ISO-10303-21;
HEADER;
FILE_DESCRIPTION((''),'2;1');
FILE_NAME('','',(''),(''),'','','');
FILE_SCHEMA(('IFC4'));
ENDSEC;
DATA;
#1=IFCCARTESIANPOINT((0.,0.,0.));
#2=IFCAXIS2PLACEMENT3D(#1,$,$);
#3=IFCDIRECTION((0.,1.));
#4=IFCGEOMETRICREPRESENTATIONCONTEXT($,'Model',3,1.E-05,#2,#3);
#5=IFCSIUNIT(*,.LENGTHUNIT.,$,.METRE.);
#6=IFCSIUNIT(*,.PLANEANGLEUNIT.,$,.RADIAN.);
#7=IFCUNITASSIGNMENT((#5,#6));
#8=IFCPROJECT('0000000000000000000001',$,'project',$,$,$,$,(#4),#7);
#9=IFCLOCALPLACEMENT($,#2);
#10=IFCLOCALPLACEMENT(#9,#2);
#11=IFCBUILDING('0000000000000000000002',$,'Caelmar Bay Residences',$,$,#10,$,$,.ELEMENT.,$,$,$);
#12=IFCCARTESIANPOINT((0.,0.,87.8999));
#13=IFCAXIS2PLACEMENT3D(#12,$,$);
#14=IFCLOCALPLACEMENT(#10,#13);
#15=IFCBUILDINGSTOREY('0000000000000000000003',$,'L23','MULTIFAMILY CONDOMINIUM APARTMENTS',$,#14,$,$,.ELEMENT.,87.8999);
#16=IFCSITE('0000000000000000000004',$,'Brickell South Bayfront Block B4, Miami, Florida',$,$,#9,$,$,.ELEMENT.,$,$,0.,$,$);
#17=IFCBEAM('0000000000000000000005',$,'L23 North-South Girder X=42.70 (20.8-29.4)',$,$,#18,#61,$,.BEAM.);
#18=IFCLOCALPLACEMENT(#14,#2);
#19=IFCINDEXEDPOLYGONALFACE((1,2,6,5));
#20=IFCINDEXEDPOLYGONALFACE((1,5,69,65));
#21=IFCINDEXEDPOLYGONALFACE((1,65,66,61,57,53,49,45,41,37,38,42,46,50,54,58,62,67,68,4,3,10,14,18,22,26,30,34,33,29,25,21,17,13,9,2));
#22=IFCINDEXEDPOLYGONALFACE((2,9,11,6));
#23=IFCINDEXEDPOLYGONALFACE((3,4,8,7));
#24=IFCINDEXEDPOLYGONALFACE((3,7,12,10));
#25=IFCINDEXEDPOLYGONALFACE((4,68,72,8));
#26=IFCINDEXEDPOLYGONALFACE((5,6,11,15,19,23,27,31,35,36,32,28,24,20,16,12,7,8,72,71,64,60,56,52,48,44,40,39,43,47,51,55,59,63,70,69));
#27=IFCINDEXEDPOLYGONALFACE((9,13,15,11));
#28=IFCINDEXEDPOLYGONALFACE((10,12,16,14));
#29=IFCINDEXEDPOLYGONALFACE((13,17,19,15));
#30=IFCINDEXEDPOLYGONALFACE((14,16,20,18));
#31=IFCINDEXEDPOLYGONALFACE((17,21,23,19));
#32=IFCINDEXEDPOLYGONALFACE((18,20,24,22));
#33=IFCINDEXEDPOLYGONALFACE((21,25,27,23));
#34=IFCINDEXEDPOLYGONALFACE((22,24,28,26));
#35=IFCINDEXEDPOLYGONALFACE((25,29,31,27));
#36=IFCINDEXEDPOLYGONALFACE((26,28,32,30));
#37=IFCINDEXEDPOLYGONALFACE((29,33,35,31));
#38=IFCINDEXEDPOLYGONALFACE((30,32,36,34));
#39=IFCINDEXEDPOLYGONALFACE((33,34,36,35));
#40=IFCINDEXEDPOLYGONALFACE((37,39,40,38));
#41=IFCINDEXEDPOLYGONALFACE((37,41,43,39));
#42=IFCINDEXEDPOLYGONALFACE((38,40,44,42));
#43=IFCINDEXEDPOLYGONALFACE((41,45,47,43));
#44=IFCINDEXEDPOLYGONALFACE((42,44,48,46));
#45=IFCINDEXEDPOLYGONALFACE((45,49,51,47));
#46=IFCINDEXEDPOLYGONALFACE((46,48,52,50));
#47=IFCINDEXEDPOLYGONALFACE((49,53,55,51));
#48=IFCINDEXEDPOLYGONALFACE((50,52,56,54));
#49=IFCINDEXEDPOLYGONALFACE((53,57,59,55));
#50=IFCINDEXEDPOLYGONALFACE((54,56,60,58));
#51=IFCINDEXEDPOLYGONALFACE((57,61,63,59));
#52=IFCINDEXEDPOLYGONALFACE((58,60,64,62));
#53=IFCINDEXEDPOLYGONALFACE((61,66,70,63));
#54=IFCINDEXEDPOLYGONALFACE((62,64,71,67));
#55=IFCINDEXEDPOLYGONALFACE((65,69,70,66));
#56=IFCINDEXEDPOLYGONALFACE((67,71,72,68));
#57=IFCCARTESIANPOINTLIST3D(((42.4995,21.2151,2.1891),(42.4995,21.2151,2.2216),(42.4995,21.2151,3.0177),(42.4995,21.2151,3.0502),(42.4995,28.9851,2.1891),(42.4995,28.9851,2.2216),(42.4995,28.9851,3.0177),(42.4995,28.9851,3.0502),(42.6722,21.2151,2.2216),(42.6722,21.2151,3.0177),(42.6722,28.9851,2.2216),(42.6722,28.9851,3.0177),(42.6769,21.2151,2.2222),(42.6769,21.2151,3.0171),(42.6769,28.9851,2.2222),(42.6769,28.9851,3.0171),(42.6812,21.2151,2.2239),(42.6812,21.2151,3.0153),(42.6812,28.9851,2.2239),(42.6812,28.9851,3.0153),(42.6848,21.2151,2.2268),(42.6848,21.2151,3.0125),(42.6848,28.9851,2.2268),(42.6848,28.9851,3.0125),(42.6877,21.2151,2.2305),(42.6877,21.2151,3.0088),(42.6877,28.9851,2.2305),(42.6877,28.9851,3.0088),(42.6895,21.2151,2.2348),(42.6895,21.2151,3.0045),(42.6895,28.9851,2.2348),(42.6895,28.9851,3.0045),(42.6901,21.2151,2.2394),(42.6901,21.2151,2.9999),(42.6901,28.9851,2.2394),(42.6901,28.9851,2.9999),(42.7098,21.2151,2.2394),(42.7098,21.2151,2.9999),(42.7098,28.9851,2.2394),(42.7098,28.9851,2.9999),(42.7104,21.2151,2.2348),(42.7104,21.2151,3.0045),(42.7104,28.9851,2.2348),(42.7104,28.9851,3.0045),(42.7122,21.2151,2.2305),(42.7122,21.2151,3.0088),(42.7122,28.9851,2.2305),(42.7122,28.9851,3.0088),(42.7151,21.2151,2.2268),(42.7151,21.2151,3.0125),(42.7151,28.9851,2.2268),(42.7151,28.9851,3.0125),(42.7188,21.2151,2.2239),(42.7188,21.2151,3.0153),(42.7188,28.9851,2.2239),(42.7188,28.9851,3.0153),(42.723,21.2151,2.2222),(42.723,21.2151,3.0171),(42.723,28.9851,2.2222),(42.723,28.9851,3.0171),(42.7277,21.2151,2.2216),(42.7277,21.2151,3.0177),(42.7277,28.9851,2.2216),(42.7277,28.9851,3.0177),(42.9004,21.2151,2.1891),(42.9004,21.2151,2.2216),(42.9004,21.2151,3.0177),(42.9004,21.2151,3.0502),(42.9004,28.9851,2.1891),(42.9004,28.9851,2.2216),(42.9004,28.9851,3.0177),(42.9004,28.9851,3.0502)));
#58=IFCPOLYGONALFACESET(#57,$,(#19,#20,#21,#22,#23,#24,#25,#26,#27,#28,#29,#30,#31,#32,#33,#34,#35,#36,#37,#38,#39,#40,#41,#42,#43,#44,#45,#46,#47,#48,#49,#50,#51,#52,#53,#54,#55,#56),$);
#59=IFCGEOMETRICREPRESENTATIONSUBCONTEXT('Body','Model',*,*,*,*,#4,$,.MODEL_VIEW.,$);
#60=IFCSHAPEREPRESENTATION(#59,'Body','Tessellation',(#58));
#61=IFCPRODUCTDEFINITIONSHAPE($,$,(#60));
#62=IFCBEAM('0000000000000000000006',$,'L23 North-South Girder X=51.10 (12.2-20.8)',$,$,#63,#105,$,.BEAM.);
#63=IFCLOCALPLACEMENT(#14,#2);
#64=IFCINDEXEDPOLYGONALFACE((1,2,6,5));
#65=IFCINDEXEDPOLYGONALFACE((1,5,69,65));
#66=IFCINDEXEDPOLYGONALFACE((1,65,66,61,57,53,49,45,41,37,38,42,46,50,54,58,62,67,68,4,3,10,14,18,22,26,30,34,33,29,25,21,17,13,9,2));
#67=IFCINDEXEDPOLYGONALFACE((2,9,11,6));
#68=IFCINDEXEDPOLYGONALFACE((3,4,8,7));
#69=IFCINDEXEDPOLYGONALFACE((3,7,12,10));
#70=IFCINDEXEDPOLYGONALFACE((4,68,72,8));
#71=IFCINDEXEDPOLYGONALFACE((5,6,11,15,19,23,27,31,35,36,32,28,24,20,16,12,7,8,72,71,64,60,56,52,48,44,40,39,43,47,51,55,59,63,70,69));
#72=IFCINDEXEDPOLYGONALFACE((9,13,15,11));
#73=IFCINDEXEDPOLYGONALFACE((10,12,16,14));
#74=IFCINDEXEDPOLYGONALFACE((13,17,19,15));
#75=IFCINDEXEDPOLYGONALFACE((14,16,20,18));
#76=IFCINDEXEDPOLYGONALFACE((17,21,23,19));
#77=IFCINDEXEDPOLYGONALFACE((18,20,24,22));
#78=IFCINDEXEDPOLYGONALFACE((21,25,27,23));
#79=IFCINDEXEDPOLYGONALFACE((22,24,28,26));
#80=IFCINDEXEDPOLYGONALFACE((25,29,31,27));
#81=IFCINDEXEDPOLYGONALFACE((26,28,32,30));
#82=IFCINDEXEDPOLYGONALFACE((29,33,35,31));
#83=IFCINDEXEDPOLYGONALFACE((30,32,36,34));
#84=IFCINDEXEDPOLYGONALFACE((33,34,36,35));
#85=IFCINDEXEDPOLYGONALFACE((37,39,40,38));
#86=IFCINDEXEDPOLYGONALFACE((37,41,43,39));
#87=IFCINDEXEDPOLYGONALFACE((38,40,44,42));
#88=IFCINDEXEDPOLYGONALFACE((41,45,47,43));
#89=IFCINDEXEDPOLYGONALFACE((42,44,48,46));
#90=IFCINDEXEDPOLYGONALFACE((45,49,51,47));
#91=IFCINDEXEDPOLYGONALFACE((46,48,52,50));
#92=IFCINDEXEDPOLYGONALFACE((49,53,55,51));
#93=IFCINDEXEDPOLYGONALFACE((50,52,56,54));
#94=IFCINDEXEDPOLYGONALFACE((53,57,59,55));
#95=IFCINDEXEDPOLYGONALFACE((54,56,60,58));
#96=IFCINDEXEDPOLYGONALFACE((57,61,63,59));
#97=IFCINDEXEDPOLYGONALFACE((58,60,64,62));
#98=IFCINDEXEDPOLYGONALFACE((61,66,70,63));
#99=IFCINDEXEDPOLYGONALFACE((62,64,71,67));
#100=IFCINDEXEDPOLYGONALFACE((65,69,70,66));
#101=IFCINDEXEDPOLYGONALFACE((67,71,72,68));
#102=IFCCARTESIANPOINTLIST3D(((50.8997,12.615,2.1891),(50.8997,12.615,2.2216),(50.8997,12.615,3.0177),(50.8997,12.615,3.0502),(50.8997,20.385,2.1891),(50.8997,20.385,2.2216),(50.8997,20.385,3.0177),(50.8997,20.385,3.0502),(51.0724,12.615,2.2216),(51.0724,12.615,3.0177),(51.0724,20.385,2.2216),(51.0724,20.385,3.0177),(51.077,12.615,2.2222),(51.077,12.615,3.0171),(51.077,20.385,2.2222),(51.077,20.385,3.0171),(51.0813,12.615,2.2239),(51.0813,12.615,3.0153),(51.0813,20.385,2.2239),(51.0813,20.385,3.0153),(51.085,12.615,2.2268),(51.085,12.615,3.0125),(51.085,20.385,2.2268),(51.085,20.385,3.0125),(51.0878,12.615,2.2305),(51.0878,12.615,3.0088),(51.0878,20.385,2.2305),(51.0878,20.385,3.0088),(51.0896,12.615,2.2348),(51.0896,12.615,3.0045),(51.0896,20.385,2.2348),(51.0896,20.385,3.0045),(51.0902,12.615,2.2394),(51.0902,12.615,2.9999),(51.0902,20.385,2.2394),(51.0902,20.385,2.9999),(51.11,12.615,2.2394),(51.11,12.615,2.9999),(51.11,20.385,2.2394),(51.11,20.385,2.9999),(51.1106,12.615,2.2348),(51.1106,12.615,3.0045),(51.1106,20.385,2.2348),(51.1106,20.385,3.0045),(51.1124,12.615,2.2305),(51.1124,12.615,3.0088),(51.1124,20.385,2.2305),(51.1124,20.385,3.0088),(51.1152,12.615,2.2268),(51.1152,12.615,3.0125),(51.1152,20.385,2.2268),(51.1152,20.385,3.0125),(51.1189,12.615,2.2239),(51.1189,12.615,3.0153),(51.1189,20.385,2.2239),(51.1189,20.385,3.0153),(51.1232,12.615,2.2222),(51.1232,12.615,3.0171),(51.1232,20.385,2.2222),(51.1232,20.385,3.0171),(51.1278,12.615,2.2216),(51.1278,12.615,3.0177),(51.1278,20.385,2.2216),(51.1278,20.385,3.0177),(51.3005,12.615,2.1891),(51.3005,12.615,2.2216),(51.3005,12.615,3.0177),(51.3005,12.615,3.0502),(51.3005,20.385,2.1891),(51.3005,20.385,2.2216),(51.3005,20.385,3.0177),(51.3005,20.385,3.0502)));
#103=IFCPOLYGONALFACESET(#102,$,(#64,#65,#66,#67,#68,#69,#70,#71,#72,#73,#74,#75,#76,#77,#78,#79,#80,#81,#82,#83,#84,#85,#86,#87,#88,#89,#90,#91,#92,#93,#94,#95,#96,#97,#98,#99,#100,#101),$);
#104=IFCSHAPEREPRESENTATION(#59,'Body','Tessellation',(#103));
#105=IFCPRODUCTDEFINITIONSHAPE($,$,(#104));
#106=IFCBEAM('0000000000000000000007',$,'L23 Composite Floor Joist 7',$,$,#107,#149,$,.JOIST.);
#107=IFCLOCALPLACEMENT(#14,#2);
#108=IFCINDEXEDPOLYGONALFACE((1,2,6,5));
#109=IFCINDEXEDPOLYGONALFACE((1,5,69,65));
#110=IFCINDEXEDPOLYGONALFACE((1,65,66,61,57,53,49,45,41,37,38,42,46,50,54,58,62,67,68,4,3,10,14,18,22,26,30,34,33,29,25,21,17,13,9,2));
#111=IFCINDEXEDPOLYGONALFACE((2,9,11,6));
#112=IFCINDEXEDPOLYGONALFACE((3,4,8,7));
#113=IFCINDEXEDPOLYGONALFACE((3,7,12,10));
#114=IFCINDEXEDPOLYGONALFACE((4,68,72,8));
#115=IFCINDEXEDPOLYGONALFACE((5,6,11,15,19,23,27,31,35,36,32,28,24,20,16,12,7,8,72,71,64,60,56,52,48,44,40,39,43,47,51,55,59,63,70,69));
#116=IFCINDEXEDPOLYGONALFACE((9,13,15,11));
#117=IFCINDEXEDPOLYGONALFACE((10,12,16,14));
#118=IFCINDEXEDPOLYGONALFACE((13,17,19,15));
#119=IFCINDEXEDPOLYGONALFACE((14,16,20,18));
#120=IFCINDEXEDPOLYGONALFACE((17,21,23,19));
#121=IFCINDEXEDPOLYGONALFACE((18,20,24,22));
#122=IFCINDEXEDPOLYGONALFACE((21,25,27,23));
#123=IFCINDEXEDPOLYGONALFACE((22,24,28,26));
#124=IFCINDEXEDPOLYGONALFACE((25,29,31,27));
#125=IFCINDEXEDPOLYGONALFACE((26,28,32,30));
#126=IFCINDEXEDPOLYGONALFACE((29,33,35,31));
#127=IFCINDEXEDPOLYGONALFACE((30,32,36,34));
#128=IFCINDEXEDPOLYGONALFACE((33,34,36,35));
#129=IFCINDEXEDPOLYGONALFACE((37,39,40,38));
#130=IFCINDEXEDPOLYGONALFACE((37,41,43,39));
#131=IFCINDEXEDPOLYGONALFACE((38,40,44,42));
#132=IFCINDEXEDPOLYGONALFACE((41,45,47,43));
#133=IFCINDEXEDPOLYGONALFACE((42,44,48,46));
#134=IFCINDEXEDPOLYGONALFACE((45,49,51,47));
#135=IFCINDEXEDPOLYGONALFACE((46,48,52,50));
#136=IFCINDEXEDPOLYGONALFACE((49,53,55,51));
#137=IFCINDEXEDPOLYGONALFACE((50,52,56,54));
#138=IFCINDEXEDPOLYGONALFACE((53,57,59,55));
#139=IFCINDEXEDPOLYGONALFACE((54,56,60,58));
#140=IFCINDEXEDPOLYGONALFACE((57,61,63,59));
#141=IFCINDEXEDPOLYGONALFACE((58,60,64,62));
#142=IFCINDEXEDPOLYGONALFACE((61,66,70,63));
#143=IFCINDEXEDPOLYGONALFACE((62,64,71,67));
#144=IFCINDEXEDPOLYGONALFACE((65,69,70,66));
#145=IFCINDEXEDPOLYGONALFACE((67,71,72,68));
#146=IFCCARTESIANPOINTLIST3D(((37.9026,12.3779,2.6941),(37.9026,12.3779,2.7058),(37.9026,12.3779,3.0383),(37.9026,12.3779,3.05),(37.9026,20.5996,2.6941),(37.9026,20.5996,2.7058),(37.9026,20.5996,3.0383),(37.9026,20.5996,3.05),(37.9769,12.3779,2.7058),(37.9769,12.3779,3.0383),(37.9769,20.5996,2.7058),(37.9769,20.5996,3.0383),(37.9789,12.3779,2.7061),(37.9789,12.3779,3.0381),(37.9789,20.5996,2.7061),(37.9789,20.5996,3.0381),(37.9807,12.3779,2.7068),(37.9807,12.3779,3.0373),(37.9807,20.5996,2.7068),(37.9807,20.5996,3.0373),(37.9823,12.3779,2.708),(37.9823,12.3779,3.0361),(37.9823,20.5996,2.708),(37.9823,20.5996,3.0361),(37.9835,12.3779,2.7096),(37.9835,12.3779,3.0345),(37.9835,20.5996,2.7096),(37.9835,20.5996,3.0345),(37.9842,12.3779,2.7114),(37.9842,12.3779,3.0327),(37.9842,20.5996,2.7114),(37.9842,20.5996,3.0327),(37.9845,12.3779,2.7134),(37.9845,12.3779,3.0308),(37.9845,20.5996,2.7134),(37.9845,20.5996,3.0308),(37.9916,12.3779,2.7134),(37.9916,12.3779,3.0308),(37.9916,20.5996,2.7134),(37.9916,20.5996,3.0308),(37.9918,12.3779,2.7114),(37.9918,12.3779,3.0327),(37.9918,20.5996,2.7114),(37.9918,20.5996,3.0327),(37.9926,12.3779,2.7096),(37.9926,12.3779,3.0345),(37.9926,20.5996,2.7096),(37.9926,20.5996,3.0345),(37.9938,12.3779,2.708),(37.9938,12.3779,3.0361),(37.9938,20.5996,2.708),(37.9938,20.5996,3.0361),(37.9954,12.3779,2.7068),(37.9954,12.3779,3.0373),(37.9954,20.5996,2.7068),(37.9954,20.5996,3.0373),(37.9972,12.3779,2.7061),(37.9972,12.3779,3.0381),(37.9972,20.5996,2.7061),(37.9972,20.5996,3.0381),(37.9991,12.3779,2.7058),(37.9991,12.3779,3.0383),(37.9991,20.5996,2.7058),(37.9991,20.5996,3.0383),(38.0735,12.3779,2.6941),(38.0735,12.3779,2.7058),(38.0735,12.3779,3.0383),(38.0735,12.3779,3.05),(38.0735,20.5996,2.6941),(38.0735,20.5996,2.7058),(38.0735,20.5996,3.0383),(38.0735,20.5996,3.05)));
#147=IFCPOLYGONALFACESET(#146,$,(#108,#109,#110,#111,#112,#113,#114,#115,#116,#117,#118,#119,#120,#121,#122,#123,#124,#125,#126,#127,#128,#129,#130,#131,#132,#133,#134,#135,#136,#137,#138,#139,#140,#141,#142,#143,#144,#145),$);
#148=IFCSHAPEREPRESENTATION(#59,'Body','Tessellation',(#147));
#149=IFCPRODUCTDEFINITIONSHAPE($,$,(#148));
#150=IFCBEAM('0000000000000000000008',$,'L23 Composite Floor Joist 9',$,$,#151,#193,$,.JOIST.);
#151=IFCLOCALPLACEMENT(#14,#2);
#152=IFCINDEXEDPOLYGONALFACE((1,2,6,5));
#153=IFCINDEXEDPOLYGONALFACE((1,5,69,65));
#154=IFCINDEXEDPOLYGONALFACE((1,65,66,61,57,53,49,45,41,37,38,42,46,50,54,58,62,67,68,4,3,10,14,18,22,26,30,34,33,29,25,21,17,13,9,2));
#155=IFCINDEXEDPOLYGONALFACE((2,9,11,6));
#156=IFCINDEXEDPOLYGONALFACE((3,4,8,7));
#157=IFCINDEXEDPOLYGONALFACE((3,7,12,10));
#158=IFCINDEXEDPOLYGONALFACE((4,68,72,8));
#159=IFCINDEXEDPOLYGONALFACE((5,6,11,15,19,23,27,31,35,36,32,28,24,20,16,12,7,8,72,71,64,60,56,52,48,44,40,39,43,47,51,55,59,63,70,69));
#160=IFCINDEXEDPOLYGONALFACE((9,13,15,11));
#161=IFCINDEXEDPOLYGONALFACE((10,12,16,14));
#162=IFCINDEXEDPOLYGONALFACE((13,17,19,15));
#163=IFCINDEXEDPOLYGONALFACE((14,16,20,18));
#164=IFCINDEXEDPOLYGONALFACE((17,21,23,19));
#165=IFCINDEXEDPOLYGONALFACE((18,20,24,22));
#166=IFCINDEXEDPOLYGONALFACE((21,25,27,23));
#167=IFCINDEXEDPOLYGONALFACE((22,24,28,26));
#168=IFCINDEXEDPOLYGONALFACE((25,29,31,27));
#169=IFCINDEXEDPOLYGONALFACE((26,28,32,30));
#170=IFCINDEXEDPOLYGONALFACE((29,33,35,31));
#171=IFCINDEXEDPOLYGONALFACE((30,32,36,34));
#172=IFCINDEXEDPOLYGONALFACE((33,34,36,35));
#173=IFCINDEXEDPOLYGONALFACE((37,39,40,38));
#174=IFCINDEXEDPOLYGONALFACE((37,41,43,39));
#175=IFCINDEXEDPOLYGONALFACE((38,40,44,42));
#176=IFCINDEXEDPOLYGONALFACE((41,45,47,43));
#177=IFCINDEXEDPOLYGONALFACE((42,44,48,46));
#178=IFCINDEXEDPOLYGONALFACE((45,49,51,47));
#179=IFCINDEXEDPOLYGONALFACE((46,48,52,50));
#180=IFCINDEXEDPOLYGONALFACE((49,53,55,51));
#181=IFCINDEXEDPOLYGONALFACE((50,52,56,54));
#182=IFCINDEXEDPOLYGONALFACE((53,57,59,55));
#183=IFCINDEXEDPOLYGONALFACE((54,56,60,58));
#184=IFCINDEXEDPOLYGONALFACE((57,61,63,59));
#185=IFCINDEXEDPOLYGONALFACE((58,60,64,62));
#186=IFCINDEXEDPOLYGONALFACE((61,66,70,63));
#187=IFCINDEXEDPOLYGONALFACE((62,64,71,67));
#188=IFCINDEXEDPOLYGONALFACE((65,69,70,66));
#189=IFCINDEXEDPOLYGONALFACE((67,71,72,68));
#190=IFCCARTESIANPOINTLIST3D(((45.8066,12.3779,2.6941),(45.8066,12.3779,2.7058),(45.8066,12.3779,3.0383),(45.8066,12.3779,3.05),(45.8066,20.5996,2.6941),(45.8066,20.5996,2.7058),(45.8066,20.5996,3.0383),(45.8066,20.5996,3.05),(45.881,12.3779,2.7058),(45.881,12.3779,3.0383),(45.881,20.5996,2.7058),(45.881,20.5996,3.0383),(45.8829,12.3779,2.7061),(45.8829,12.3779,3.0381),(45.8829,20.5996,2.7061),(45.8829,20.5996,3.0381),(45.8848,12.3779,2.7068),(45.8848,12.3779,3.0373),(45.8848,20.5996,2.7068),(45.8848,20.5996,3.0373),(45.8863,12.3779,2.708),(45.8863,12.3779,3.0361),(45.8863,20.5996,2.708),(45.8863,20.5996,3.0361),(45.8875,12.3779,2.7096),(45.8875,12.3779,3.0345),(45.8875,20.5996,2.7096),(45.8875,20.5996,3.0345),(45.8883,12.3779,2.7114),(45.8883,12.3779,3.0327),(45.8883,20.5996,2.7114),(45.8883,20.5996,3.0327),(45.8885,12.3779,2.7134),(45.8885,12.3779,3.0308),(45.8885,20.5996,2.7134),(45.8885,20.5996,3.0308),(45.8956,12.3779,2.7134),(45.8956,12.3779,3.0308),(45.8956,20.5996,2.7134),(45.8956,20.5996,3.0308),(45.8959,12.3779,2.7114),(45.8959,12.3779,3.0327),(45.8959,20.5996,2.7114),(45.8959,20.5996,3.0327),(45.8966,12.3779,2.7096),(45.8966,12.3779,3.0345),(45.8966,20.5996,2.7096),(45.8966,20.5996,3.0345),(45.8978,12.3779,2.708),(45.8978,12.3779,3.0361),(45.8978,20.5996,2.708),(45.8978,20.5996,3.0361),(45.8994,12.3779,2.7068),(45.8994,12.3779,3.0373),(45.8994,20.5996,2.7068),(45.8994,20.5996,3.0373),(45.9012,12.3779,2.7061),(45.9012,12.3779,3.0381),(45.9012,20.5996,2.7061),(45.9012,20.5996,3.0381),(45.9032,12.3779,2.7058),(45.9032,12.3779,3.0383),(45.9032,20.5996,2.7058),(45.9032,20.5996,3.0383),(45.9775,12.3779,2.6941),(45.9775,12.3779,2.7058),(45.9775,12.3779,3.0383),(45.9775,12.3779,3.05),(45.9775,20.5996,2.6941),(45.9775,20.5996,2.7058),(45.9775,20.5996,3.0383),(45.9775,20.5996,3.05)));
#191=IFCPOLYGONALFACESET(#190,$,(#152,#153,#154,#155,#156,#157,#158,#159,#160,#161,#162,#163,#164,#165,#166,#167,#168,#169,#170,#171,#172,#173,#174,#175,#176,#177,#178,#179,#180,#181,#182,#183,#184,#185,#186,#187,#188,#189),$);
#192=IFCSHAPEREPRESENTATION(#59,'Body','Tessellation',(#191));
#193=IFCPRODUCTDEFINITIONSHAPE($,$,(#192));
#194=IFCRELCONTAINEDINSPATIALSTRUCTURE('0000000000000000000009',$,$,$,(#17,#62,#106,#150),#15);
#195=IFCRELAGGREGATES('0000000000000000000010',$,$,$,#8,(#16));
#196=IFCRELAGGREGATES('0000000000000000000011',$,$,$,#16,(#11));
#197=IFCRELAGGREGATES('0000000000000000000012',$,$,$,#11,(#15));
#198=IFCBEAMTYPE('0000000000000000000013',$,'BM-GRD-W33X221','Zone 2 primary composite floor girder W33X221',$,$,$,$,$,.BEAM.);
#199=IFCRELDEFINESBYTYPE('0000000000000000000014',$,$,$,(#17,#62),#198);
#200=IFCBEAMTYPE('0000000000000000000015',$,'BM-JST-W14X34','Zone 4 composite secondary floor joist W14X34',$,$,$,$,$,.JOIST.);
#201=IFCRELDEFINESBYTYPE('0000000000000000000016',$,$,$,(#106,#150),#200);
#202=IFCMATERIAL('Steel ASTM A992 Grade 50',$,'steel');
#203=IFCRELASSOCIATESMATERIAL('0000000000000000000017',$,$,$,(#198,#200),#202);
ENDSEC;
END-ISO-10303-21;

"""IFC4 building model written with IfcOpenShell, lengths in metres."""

from ifc_helpers import new_model, si_unit, direction, frame, origin, origin_2d, place, context, subcontext, project, spatial, i_section, extrude, material, material_profile, profile_set, type_object, element, save


model = new_model("IFC4")

# Units and contexts
model_context = context("Model", 3, precision=1e-05, world=origin(), true_north=direction((0.0, 1.0)))
body_context = subcontext(model_context, "Body", "Model", "MODEL_VIEW")
ifc_project = project(units=[si_unit("LENGTHUNIT", "METRE"), si_unit("PLANEANGLEUNIT", "RADIAN")], contexts=[model_context])

# Site, building, storey
site_placement = place(None, origin())
site = spatial("IfcSite", under=ifc_project, at=site_placement, Name="Brickell South Bayfront Block B4, Miami, Florida", CompositionType="ELEMENT", RefElevation=0.0)
building_placement = place(site_placement, origin())
building = spatial("IfcBuilding", under=site, at=building_placement, Name="Caelmar Bay Residences", CompositionType="ELEMENT")
storey_placement = place(building_placement, frame((0.0, 0.0, 87.8999)))
storey = spatial("IfcBuildingStorey", under=building, at=storey_placement, Name="L23", Description="MULTIFAMILY CONDOMINIUM APARTMENTS", CompositionType="ELEMENT", Elevation=87.8999)

# Beams
ifc_material_1 = material(Name="Steel ASTM A992 Grade 50", Category="steel")
ifc_material_profile_1 = material_profile(ifc_material_1, i_section(OverallWidth=0.4009, OverallDepth=0.8611, WebThickness=0.0198, FlangeThickness=0.0325, FilletRadius=0.0178, at=origin_2d()), Name="W33X221")
ifc_profile_set_1 = profile_set([ifc_material_profile_1], Name="Steel ASTM A992 Grade 50")
beam_type_1 = type_object("IfcBeamType", Name="BM-GRD-W33X221", Description="Zone 2 primary composite floor girder W33X221", PredefinedType="BEAM", material=ifc_profile_set_1)
for number, where, z_axis, x_axis, name in (
    (1, (42.7, 21.2151, 2.6196), (0.0, 1.0, 0.0), (-1.0, 0.0, 0.0), "L23 North-South Girder X=42.70 (20.8-29.4)"),
    (2, (51.1001, 12.615, 2.6196), (0.0, 1.0, 0.0), (-1.0, 0.0, 0.0), "L23 North-South Girder X=51.10 (12.2-20.8)"),
):
    element("IfcBeam", number, at=place(storey_placement, frame(where, z_axis=z_axis, x_axis=x_axis)), inside=storey, type_object=beam_type_1, Name=name, PredefinedType="BEAM", context=body_context, shape_type="SweptSolid", body=[
        extrude(i_section(OverallWidth=0.4009, OverallDepth=0.8611, WebThickness=0.0198, FlangeThickness=0.0325, FilletRadius=0.0178, at=origin_2d()), origin(), (0.0, 0.0, 1.0), 7.77),
    ])
ifc_material_profile_2 = material_profile(ifc_material_1, i_section(OverallWidth=0.1709, OverallDepth=0.356, WebThickness=0.0071, FlangeThickness=0.0117, FilletRadius=0.0076, at=origin_2d()), Name="W14X34")
ifc_profile_set_2 = profile_set([ifc_material_profile_2], Name="Steel ASTM A992 Grade 50")
beam_type_2 = type_object("IfcBeamType", Name="BM-JST-W14X34", Description="Zone 4 composite secondary floor joist W14X34", PredefinedType="JOIST", material=ifc_profile_set_2)
for number, where, z_axis, x_axis, name in (
    (3, (37.988, 12.3779, 2.8721), (0.0, 1.0, 0.0), (-1.0, 0.0, 0.0), "L23 Composite Floor Joist 7"),
    (4, (45.8921, 12.3779, 2.8721), (0.0, 1.0, 0.0), (-1.0, 0.0, 0.0), "L23 Composite Floor Joist 9"),
):
    element("IfcBeam", number, at=place(storey_placement, frame(where, z_axis=z_axis, x_axis=x_axis)), inside=storey, type_object=beam_type_2, Name=name, PredefinedType="JOIST", context=body_context, shape_type="SweptSolid", body=[
        extrude(i_section(OverallWidth=0.1709, OverallDepth=0.356, WebThickness=0.0071, FlangeThickness=0.0117, FilletRadius=0.0076, at=origin_2d()), origin(), (0.0, 0.0, 1.0), 8.2217),
    ])

save(model, "model.ifc")
